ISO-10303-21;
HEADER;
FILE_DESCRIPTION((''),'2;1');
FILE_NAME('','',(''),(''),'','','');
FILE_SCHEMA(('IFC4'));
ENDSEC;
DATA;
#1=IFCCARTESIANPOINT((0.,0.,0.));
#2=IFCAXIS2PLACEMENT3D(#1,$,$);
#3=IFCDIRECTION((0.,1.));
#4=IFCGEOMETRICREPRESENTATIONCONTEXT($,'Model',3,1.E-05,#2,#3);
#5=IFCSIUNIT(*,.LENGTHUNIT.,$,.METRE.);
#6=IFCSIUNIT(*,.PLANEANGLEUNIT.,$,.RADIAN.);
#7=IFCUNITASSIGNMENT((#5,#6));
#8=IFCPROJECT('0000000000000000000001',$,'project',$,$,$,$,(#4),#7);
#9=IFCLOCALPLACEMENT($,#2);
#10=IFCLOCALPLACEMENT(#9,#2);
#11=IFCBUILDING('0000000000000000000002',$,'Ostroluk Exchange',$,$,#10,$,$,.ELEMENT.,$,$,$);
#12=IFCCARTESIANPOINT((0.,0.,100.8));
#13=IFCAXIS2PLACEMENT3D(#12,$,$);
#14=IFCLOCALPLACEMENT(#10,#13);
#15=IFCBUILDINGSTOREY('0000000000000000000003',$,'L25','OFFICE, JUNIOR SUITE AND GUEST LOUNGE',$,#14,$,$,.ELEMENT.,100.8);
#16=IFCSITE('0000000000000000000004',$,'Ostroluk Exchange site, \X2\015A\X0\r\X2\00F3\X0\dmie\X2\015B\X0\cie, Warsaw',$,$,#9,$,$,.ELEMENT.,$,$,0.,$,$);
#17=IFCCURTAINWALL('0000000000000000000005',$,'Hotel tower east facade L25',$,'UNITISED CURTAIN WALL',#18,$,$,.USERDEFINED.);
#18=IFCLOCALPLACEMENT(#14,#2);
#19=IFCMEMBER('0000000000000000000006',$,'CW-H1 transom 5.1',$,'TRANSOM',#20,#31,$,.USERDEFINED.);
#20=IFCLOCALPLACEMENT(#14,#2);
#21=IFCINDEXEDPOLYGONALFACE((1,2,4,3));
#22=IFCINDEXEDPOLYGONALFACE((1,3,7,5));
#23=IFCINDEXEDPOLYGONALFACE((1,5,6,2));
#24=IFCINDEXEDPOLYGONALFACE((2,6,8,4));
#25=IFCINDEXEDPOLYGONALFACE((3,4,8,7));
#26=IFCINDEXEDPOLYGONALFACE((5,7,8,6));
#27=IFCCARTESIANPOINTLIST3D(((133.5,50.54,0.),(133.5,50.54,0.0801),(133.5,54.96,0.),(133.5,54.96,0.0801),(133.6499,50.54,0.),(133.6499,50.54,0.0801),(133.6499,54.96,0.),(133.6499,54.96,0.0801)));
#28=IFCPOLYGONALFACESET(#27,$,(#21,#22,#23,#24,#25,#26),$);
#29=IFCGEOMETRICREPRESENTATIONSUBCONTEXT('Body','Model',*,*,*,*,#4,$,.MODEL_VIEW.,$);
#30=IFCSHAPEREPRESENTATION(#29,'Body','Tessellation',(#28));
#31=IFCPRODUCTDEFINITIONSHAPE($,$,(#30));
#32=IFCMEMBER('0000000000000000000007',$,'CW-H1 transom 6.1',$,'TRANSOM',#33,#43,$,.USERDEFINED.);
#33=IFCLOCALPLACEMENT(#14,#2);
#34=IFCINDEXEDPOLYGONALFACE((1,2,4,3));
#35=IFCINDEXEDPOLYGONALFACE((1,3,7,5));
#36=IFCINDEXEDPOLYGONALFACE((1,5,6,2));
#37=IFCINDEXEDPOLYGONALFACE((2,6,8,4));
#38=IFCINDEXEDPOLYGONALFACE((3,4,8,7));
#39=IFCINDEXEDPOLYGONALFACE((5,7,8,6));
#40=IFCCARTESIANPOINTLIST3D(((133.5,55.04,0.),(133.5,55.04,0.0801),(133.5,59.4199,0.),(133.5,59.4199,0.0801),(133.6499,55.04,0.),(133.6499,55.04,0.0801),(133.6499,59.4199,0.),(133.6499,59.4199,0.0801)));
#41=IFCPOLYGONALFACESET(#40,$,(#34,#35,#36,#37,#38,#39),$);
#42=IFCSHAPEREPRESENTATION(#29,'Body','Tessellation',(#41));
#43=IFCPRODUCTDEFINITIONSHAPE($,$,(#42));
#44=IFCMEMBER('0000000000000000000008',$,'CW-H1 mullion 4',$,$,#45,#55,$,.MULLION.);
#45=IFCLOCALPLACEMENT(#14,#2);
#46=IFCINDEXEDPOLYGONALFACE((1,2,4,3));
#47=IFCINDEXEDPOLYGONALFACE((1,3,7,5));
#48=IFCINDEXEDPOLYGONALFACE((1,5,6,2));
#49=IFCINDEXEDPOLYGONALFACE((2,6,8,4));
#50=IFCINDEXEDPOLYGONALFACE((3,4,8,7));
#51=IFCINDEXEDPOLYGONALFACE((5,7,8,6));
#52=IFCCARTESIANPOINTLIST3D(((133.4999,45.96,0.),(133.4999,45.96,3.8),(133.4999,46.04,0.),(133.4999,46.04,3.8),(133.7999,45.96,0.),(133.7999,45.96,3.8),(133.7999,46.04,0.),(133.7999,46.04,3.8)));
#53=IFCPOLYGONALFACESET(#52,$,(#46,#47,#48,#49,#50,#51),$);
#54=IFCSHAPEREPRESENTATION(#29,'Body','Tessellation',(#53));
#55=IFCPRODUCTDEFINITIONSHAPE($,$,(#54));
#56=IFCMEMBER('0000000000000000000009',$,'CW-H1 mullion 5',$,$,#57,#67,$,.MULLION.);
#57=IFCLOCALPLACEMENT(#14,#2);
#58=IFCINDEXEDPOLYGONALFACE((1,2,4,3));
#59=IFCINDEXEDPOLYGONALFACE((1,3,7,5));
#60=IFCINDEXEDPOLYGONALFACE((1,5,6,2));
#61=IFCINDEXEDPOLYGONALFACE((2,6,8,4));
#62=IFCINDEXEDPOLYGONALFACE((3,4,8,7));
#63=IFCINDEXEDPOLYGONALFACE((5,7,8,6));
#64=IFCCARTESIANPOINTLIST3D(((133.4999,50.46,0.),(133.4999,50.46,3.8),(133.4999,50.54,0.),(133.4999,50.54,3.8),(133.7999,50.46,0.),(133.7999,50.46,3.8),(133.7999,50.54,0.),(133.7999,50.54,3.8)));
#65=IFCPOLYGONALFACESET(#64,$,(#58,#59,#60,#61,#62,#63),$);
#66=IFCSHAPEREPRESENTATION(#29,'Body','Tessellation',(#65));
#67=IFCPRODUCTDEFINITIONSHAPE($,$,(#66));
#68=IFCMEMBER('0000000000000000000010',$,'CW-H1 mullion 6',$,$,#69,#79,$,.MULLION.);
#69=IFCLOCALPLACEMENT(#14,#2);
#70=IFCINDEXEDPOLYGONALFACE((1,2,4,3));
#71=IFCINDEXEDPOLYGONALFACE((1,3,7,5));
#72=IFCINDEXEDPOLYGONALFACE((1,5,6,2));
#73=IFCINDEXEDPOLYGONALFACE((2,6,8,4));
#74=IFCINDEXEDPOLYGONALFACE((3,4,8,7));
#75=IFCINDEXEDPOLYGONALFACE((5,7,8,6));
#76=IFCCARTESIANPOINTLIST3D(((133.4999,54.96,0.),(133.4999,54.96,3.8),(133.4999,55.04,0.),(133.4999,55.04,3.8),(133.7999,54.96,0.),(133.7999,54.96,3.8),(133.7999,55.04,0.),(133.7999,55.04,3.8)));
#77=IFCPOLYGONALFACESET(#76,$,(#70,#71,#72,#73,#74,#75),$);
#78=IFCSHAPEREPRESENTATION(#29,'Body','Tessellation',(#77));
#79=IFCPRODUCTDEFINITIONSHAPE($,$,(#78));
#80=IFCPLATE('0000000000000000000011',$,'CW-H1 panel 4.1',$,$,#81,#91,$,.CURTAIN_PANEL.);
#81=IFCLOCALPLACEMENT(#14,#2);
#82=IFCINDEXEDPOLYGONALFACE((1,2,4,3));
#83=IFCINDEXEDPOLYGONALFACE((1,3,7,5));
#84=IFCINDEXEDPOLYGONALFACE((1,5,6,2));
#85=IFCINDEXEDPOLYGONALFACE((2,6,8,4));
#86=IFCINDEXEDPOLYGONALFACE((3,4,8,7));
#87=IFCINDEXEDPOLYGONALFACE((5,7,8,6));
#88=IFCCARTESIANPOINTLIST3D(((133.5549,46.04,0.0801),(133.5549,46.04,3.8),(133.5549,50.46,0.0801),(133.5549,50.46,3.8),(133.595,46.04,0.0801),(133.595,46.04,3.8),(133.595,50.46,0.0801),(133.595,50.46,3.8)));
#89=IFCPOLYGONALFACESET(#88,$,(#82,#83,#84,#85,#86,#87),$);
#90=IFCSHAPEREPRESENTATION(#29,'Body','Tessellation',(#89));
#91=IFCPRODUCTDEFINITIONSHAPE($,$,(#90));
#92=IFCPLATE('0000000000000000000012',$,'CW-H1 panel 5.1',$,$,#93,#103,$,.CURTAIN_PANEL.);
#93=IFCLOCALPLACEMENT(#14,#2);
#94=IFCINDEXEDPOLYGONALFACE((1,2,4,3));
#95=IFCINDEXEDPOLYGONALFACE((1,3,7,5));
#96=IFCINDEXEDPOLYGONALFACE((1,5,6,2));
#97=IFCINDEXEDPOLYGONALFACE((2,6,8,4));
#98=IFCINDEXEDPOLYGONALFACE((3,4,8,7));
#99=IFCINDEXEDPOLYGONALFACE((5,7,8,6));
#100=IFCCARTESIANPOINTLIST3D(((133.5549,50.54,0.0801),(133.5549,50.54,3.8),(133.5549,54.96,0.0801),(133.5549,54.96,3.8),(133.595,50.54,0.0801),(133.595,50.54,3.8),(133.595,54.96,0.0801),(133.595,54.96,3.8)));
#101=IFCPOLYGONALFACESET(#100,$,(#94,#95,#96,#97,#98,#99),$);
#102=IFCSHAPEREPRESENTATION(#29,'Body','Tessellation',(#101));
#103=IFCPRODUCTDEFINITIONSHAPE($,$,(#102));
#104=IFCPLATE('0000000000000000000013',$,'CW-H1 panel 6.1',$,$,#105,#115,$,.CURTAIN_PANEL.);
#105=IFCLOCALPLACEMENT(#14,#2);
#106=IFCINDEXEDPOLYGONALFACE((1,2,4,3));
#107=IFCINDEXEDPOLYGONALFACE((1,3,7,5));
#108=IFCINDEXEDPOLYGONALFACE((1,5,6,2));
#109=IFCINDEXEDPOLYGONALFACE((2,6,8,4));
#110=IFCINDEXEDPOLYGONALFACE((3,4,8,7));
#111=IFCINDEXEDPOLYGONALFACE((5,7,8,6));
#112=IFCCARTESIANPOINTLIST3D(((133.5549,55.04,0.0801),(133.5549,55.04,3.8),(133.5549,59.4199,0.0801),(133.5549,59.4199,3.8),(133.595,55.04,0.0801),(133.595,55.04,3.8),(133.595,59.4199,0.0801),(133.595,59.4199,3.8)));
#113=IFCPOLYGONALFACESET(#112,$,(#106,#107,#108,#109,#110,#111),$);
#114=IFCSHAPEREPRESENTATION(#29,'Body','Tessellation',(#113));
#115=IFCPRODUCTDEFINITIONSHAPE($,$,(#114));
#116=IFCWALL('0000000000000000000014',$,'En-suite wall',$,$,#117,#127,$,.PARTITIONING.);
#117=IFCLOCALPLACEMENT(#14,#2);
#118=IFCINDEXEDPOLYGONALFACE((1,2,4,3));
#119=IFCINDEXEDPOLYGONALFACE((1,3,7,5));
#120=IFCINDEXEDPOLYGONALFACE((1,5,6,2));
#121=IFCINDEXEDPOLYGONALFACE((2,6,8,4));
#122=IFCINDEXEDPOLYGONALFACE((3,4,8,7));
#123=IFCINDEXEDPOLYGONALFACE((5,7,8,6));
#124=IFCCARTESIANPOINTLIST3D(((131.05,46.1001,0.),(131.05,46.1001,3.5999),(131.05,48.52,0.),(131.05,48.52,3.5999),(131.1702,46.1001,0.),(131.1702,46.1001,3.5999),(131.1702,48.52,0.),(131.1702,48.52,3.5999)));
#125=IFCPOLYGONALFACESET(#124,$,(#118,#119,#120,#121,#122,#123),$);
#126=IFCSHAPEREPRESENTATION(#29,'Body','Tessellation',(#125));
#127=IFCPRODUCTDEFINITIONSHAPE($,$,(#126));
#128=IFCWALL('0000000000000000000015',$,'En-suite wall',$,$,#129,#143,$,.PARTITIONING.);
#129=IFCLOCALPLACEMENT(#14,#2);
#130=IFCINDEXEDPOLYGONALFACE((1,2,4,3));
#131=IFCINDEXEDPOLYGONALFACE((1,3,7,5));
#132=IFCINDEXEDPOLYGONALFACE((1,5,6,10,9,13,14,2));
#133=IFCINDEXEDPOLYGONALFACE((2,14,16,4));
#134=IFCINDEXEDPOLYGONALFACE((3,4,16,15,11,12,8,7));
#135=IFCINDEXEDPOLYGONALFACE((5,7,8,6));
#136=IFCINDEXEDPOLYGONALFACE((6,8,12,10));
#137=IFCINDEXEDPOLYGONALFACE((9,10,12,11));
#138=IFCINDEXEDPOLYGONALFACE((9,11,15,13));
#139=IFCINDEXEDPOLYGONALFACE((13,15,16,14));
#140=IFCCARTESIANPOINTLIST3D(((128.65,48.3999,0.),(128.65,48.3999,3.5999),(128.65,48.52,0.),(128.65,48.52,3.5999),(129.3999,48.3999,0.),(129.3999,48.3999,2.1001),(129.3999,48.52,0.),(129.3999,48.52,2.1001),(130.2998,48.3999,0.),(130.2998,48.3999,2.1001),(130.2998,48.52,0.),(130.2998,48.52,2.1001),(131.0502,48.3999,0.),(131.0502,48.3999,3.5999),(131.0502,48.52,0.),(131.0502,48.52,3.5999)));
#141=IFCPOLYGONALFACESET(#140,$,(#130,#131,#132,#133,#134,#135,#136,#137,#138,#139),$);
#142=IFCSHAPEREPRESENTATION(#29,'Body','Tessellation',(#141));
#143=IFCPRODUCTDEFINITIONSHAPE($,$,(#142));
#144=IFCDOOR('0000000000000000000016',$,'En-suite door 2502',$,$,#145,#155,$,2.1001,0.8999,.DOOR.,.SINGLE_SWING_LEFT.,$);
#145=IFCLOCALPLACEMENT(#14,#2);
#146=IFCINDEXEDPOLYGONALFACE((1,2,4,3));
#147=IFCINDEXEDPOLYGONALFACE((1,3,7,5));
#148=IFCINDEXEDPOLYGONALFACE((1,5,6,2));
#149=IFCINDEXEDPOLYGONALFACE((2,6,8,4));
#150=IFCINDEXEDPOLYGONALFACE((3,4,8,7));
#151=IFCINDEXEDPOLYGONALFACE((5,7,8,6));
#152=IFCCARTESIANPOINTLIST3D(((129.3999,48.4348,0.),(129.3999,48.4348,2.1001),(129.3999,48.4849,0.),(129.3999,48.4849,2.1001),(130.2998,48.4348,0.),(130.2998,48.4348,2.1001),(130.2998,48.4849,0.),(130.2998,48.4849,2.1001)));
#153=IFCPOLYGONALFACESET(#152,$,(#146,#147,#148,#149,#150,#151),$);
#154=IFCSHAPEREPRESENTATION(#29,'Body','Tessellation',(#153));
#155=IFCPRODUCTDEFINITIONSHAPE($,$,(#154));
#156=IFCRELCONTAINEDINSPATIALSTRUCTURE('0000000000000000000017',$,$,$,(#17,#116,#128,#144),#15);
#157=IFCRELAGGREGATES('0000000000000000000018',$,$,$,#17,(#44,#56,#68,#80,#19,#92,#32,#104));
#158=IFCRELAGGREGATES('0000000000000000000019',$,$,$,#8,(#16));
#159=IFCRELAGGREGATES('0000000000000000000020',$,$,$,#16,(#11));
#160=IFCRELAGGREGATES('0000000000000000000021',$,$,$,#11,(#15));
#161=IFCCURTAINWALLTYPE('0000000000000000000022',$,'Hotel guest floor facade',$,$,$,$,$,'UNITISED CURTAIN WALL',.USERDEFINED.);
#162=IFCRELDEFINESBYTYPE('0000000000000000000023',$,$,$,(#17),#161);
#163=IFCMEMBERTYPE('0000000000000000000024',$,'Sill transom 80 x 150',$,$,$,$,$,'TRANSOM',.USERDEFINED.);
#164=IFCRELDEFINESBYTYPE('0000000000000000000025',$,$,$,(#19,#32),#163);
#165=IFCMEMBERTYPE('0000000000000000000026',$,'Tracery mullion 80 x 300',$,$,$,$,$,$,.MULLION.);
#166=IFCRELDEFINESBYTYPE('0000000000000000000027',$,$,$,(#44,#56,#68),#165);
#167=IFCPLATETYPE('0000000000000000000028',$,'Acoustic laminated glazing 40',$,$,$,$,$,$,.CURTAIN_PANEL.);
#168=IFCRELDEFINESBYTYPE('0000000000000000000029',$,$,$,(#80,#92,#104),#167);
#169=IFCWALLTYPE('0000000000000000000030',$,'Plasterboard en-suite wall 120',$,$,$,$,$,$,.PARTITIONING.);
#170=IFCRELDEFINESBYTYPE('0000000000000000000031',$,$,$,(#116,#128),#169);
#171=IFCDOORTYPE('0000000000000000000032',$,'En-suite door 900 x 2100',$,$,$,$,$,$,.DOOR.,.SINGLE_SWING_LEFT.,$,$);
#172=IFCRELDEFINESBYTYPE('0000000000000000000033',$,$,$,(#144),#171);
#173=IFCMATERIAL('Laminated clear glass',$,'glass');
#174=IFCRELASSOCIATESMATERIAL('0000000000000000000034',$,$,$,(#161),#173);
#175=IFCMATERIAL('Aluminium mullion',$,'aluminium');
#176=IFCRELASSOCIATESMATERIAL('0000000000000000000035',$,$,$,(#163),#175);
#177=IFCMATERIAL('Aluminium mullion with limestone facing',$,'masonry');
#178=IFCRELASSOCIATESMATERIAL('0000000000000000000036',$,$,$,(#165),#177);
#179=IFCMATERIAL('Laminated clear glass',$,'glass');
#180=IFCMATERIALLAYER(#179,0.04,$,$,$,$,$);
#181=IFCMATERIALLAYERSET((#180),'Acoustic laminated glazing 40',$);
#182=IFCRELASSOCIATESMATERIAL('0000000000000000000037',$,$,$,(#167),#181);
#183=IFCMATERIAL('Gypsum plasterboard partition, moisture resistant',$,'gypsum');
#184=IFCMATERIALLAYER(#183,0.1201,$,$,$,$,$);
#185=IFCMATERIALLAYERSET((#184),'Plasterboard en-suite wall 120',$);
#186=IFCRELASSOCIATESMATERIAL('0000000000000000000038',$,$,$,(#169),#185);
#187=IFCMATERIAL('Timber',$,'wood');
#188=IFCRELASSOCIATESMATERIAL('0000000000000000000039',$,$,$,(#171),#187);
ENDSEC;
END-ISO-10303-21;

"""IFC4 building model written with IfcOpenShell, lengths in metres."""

from ifc_helpers import new_model, si_unit, direction, frame, frame_2d, origin, origin_2d, place, context, subcontext, project, spatial, rectangle, extrude, material, layer, layer_set, material_profile, profile_set, type_object, element, fill, aggregate, save


model = new_model("IFC4")

# Units and contexts
model_context = context("Model", 3, precision=1e-05, world=origin(), true_north=direction((0.0, 1.0)))
body_context = subcontext(model_context, "Body", "Model", "MODEL_VIEW")
ifc_project = project(units=[si_unit("LENGTHUNIT", "METRE"), si_unit("PLANEANGLEUNIT", "RADIAN")], contexts=[model_context])

# Site, building, storey
site_placement = place(None, origin())
site = spatial("IfcSite", under=ifc_project, at=site_placement, Name="Ostroluk Exchange site, Śródmieście, Warsaw", CompositionType="ELEMENT", RefElevation=0.0)
building_placement = place(site_placement, origin())
building = spatial("IfcBuilding", under=site, at=building_placement, Name="Ostroluk Exchange", CompositionType="ELEMENT")
storey_placement = place(building_placement, frame((0.0, 0.0, 100.8)))
storey = spatial("IfcBuildingStorey", under=building, at=storey_placement, Name="L25", Description="OFFICE, JUNIOR SUITE AND GUEST LOUNGE", CompositionType="ELEMENT", Elevation=100.8)

# Curtain wall, members, plates
ifc_material_1 = material(Name="Laminated clear glass", Category="glass")
curtain_wall_type = type_object("IfcCurtainWallType", Name="Hotel guest floor facade", ElementType="UNITISED CURTAIN WALL", PredefinedType="USERDEFINED", material=ifc_material_1)
curtain_wall_placement = place(storey_placement, origin())
curtain_wall = element("IfcCurtainWall", 1, at=curtain_wall_placement, inside=storey, type_object=curtain_wall_type, Name="Hotel tower east facade L25", ObjectType="UNITISED CURTAIN WALL", PredefinedType="USERDEFINED")
ifc_material_2 = material(Name="Aluminium mullion", Category="aluminium")
ifc_material_profile_1 = material_profile(ifc_material_2, rectangle(XDim=0.1499, YDim=0.0801, at=origin_2d()), Name="Sill transom 80 x 150")
ifc_profile_set_1 = profile_set([ifc_material_profile_1], Name="Aluminium mullion")
member_type_1 = type_object("IfcMemberType", Name="Sill transom 80 x 150", ElementType="TRANSOM", PredefinedType="USERDEFINED", material=ifc_profile_set_1)
member_1_placement = place(storey_placement, frame((133.575, 50.54, 0.04), z_axis=(0.0, 1.0, 0.0), x_axis=(-1.0, 0.0, 0.0)))
member_1 = element("IfcMember", 2, at=member_1_placement, type_object=member_type_1, Name="CW-H1 transom 5.1", ObjectType="TRANSOM", PredefinedType="USERDEFINED", context=body_context, shape_type="SweptSolid", body=[
    extrude(rectangle(XDim=0.1499, YDim=0.0801, at=origin_2d()), origin(), (0.0, 0.0, 1.0), 4.4199),
])
member_2_placement = place(storey_placement, frame((133.575, 55.04, 0.04), z_axis=(0.0, 1.0, 0.0), x_axis=(-1.0, 0.0, 0.0)))
member_2 = element("IfcMember", 3, at=member_2_placement, type_object=member_type_1, Name="CW-H1 transom 6.1", ObjectType="TRANSOM", PredefinedType="USERDEFINED", context=body_context, shape_type="SweptSolid", body=[
    extrude(rectangle(XDim=0.1499, YDim=0.0801, at=origin_2d()), origin(), (0.0, 0.0, 1.0), 4.3799),
])
ifc_material_3 = material(Name="Aluminium mullion with limestone facing", Category="masonry")
ifc_material_profile_2 = material_profile(ifc_material_3, rectangle(XDim=0.3, YDim=0.0801, at=origin_2d()), Name="Tracery mullion 80 x 300")
ifc_profile_set_2 = profile_set([ifc_material_profile_2], Name="Aluminium mullion with limestone facing")
member_type_2 = type_object("IfcMemberType", Name="Tracery mullion 80 x 300", PredefinedType="MULLION", material=ifc_profile_set_2)
member_3_placement = place(storey_placement, frame((133.6499, 46.0, 0.0), z_axis=(0.0, 0.0, 1.0), x_axis=(-1.0, 0.0, 0.0)))
member_3 = element("IfcMember", 4, at=member_3_placement, type_object=member_type_2, Name="CW-H1 mullion 4", PredefinedType="MULLION", context=body_context, shape_type="SweptSolid", body=[
    extrude(rectangle(XDim=0.3, YDim=0.0801, at=origin_2d()), origin(), (0.0, 0.0, 1.0), 3.8),
])
member_4_placement = place(storey_placement, frame((133.6499, 50.5, 0.0), z_axis=(0.0, 0.0, 1.0), x_axis=(-1.0, 0.0, 0.0)))
member_4 = element("IfcMember", 5, at=member_4_placement, type_object=member_type_2, Name="CW-H1 mullion 5", PredefinedType="MULLION", context=body_context, shape_type="SweptSolid", body=[
    extrude(rectangle(XDim=0.3, YDim=0.0801, at=origin_2d()), origin(), (0.0, 0.0, 1.0), 3.8),
])
member_5_placement = place(storey_placement, frame((133.6499, 55.0, 0.0), z_axis=(0.0, 0.0, 1.0), x_axis=(-1.0, 0.0, 0.0)))
member_5 = element("IfcMember", 6, at=member_5_placement, type_object=member_type_2, Name="CW-H1 mullion 6", PredefinedType="MULLION", context=body_context, shape_type="SweptSolid", body=[
    extrude(rectangle(XDim=0.3, YDim=0.0801, at=origin_2d()), origin(), (0.0, 0.0, 1.0), 3.8),
])
ifc_material_4 = material(Name="Laminated clear glass", Category="glass")
ifc_layer_1 = layer(ifc_material_4, 0.04)
ifc_layer_set_1 = layer_set([ifc_layer_1], Name="Acoustic laminated glazing 40")
plate_type = type_object("IfcPlateType", Name="Acoustic laminated glazing 40", PredefinedType="CURTAIN_PANEL", material=ifc_layer_set_1)
plate_1_placement = place(storey_placement, frame((133.575, 48.25, 0.0801), z_axis=(0.0, 0.0, 1.0), x_axis=(0.0, 1.0, 0.0)))
plate_1 = element("IfcPlate", 7, at=plate_1_placement, type_object=plate_type, Name="CW-H1 panel 4.1", PredefinedType="CURTAIN_PANEL", context=body_context, shape_type="SweptSolid", body=[
    extrude(rectangle(XDim=4.4199, YDim=0.04, at=origin_2d()), origin(), (0.0, 0.0, 1.0), 3.72),
])
plate_2_placement = place(storey_placement, frame((133.575, 52.75, 0.0801), z_axis=(0.0, 0.0, 1.0), x_axis=(0.0, 1.0, 0.0)))
plate_2 = element("IfcPlate", 8, at=plate_2_placement, type_object=plate_type, Name="CW-H1 panel 5.1", PredefinedType="CURTAIN_PANEL", context=body_context, shape_type="SweptSolid", body=[
    extrude(rectangle(XDim=4.4199, YDim=0.04, at=origin_2d()), origin(), (0.0, 0.0, 1.0), 3.72),
])
plate_3_placement = place(storey_placement, frame((133.575, 57.23, 0.0801), z_axis=(0.0, 0.0, 1.0), x_axis=(0.0, 1.0, 0.0)))
plate_3 = element("IfcPlate", 9, at=plate_3_placement, type_object=plate_type, Name="CW-H1 panel 6.1", PredefinedType="CURTAIN_PANEL", context=body_context, shape_type="SweptSolid", body=[
    extrude(rectangle(XDim=4.3799, YDim=0.04, at=origin_2d()), origin(), (0.0, 0.0, 1.0), 3.72),
])
aggregate(curtain_wall, [member_3, member_4, member_5, plate_1, member_1, plate_2, member_2, plate_3])

# Wall
ifc_material_5 = material(Name="Gypsum plasterboard partition, moisture resistant", Category="gypsum")
ifc_layer_2 = layer(ifc_material_5, 0.1201)
ifc_layer_set_2 = layer_set([ifc_layer_2], Name="Plasterboard en-suite wall 120")
wall_type_1 = type_object("IfcWallType", Name="Plasterboard en-suite wall 120", PredefinedType="PARTITIONING", material=ifc_layer_set_2)
wall_1_placement = place(storey_placement, frame((131.1101, 46.1001, 0.0), z_axis=(0.0, 0.0, 1.0), x_axis=(0.0, 1.0, 0.0)))
element("IfcWall", 10, at=wall_1_placement, inside=storey, type_object=wall_type_1, Name="En-suite wall", PredefinedType="PARTITIONING", context=body_context, shape_type="SweptSolid", body=[
    extrude(rectangle(XDim=2.4199, YDim=0.1201, at=frame_2d((1.21, 0.0))), origin(), (0.0, 0.0, 1.0), 3.5999),
])

# Wall, opening, door
wall_2_placement = place(storey_placement, frame((128.6499, 48.46, 0.0), z_axis=(0.0, 0.0, 1.0), x_axis=(1.0, 0.0, 0.0)))
wall_2 = element("IfcWall", 11, at=wall_2_placement, inside=storey, type_object=wall_type_1, Name="En-suite wall", PredefinedType="PARTITIONING", context=body_context, shape_type="SweptSolid", body=[
    extrude(rectangle(XDim=2.4001, YDim=0.1201, at=frame_2d((1.2002, 0.0))), origin(), (0.0, 0.0, 1.0), 3.5999),
])
opening_1_placement = place(wall_2_placement, frame((0.75, 0.0, 0.0)))
opening_1 = element("IfcOpeningElement", 12, at=opening_1_placement, cuts=wall_2, PredefinedType="OPENING", context=body_context, shape_type="SweptSolid", body=[
    extrude(rectangle(XDim=0.8999, YDim=2.1001, at=frame_2d((0.45, 1.05))), frame((0.0, 0.0701, 0.0), z_axis=(0.0, -1.0, 0.0), x_axis=(1.0, 0.0, 0.0)), (0.0, 0.0, 1.0), 0.1401),
])
ifc_material_6 = material(Name="Timber", Category="wood")
door_type_1 = type_object("IfcDoorType", Name="En-suite door 900 x 2100", OperationType="SINGLE_SWING_LEFT", PredefinedType="DOOR", material=ifc_material_6)
door_1_placement = place(opening_1_placement, origin())
door_1 = element("IfcDoor", 13, at=door_1_placement, inside=storey, type_object=door_type_1, Name="En-suite door 2502", OperationType="SINGLE_SWING_LEFT", OverallHeight=2.1001, OverallWidth=0.8999, PredefinedType="DOOR", context=body_context, shape_type="SweptSolid", body=[
    extrude(rectangle(XDim=0.8999, YDim=2.1001, at=frame_2d((0.45, 1.05))), frame((0.0, 0.0249, 0.0), z_axis=(0.0, -1.0, 0.0), x_axis=(1.0, 0.0, 0.0)), (0.0, 0.0, 1.0), 0.05),
])
fill(opening_1, door_1)

save(model, "model.ifc")
